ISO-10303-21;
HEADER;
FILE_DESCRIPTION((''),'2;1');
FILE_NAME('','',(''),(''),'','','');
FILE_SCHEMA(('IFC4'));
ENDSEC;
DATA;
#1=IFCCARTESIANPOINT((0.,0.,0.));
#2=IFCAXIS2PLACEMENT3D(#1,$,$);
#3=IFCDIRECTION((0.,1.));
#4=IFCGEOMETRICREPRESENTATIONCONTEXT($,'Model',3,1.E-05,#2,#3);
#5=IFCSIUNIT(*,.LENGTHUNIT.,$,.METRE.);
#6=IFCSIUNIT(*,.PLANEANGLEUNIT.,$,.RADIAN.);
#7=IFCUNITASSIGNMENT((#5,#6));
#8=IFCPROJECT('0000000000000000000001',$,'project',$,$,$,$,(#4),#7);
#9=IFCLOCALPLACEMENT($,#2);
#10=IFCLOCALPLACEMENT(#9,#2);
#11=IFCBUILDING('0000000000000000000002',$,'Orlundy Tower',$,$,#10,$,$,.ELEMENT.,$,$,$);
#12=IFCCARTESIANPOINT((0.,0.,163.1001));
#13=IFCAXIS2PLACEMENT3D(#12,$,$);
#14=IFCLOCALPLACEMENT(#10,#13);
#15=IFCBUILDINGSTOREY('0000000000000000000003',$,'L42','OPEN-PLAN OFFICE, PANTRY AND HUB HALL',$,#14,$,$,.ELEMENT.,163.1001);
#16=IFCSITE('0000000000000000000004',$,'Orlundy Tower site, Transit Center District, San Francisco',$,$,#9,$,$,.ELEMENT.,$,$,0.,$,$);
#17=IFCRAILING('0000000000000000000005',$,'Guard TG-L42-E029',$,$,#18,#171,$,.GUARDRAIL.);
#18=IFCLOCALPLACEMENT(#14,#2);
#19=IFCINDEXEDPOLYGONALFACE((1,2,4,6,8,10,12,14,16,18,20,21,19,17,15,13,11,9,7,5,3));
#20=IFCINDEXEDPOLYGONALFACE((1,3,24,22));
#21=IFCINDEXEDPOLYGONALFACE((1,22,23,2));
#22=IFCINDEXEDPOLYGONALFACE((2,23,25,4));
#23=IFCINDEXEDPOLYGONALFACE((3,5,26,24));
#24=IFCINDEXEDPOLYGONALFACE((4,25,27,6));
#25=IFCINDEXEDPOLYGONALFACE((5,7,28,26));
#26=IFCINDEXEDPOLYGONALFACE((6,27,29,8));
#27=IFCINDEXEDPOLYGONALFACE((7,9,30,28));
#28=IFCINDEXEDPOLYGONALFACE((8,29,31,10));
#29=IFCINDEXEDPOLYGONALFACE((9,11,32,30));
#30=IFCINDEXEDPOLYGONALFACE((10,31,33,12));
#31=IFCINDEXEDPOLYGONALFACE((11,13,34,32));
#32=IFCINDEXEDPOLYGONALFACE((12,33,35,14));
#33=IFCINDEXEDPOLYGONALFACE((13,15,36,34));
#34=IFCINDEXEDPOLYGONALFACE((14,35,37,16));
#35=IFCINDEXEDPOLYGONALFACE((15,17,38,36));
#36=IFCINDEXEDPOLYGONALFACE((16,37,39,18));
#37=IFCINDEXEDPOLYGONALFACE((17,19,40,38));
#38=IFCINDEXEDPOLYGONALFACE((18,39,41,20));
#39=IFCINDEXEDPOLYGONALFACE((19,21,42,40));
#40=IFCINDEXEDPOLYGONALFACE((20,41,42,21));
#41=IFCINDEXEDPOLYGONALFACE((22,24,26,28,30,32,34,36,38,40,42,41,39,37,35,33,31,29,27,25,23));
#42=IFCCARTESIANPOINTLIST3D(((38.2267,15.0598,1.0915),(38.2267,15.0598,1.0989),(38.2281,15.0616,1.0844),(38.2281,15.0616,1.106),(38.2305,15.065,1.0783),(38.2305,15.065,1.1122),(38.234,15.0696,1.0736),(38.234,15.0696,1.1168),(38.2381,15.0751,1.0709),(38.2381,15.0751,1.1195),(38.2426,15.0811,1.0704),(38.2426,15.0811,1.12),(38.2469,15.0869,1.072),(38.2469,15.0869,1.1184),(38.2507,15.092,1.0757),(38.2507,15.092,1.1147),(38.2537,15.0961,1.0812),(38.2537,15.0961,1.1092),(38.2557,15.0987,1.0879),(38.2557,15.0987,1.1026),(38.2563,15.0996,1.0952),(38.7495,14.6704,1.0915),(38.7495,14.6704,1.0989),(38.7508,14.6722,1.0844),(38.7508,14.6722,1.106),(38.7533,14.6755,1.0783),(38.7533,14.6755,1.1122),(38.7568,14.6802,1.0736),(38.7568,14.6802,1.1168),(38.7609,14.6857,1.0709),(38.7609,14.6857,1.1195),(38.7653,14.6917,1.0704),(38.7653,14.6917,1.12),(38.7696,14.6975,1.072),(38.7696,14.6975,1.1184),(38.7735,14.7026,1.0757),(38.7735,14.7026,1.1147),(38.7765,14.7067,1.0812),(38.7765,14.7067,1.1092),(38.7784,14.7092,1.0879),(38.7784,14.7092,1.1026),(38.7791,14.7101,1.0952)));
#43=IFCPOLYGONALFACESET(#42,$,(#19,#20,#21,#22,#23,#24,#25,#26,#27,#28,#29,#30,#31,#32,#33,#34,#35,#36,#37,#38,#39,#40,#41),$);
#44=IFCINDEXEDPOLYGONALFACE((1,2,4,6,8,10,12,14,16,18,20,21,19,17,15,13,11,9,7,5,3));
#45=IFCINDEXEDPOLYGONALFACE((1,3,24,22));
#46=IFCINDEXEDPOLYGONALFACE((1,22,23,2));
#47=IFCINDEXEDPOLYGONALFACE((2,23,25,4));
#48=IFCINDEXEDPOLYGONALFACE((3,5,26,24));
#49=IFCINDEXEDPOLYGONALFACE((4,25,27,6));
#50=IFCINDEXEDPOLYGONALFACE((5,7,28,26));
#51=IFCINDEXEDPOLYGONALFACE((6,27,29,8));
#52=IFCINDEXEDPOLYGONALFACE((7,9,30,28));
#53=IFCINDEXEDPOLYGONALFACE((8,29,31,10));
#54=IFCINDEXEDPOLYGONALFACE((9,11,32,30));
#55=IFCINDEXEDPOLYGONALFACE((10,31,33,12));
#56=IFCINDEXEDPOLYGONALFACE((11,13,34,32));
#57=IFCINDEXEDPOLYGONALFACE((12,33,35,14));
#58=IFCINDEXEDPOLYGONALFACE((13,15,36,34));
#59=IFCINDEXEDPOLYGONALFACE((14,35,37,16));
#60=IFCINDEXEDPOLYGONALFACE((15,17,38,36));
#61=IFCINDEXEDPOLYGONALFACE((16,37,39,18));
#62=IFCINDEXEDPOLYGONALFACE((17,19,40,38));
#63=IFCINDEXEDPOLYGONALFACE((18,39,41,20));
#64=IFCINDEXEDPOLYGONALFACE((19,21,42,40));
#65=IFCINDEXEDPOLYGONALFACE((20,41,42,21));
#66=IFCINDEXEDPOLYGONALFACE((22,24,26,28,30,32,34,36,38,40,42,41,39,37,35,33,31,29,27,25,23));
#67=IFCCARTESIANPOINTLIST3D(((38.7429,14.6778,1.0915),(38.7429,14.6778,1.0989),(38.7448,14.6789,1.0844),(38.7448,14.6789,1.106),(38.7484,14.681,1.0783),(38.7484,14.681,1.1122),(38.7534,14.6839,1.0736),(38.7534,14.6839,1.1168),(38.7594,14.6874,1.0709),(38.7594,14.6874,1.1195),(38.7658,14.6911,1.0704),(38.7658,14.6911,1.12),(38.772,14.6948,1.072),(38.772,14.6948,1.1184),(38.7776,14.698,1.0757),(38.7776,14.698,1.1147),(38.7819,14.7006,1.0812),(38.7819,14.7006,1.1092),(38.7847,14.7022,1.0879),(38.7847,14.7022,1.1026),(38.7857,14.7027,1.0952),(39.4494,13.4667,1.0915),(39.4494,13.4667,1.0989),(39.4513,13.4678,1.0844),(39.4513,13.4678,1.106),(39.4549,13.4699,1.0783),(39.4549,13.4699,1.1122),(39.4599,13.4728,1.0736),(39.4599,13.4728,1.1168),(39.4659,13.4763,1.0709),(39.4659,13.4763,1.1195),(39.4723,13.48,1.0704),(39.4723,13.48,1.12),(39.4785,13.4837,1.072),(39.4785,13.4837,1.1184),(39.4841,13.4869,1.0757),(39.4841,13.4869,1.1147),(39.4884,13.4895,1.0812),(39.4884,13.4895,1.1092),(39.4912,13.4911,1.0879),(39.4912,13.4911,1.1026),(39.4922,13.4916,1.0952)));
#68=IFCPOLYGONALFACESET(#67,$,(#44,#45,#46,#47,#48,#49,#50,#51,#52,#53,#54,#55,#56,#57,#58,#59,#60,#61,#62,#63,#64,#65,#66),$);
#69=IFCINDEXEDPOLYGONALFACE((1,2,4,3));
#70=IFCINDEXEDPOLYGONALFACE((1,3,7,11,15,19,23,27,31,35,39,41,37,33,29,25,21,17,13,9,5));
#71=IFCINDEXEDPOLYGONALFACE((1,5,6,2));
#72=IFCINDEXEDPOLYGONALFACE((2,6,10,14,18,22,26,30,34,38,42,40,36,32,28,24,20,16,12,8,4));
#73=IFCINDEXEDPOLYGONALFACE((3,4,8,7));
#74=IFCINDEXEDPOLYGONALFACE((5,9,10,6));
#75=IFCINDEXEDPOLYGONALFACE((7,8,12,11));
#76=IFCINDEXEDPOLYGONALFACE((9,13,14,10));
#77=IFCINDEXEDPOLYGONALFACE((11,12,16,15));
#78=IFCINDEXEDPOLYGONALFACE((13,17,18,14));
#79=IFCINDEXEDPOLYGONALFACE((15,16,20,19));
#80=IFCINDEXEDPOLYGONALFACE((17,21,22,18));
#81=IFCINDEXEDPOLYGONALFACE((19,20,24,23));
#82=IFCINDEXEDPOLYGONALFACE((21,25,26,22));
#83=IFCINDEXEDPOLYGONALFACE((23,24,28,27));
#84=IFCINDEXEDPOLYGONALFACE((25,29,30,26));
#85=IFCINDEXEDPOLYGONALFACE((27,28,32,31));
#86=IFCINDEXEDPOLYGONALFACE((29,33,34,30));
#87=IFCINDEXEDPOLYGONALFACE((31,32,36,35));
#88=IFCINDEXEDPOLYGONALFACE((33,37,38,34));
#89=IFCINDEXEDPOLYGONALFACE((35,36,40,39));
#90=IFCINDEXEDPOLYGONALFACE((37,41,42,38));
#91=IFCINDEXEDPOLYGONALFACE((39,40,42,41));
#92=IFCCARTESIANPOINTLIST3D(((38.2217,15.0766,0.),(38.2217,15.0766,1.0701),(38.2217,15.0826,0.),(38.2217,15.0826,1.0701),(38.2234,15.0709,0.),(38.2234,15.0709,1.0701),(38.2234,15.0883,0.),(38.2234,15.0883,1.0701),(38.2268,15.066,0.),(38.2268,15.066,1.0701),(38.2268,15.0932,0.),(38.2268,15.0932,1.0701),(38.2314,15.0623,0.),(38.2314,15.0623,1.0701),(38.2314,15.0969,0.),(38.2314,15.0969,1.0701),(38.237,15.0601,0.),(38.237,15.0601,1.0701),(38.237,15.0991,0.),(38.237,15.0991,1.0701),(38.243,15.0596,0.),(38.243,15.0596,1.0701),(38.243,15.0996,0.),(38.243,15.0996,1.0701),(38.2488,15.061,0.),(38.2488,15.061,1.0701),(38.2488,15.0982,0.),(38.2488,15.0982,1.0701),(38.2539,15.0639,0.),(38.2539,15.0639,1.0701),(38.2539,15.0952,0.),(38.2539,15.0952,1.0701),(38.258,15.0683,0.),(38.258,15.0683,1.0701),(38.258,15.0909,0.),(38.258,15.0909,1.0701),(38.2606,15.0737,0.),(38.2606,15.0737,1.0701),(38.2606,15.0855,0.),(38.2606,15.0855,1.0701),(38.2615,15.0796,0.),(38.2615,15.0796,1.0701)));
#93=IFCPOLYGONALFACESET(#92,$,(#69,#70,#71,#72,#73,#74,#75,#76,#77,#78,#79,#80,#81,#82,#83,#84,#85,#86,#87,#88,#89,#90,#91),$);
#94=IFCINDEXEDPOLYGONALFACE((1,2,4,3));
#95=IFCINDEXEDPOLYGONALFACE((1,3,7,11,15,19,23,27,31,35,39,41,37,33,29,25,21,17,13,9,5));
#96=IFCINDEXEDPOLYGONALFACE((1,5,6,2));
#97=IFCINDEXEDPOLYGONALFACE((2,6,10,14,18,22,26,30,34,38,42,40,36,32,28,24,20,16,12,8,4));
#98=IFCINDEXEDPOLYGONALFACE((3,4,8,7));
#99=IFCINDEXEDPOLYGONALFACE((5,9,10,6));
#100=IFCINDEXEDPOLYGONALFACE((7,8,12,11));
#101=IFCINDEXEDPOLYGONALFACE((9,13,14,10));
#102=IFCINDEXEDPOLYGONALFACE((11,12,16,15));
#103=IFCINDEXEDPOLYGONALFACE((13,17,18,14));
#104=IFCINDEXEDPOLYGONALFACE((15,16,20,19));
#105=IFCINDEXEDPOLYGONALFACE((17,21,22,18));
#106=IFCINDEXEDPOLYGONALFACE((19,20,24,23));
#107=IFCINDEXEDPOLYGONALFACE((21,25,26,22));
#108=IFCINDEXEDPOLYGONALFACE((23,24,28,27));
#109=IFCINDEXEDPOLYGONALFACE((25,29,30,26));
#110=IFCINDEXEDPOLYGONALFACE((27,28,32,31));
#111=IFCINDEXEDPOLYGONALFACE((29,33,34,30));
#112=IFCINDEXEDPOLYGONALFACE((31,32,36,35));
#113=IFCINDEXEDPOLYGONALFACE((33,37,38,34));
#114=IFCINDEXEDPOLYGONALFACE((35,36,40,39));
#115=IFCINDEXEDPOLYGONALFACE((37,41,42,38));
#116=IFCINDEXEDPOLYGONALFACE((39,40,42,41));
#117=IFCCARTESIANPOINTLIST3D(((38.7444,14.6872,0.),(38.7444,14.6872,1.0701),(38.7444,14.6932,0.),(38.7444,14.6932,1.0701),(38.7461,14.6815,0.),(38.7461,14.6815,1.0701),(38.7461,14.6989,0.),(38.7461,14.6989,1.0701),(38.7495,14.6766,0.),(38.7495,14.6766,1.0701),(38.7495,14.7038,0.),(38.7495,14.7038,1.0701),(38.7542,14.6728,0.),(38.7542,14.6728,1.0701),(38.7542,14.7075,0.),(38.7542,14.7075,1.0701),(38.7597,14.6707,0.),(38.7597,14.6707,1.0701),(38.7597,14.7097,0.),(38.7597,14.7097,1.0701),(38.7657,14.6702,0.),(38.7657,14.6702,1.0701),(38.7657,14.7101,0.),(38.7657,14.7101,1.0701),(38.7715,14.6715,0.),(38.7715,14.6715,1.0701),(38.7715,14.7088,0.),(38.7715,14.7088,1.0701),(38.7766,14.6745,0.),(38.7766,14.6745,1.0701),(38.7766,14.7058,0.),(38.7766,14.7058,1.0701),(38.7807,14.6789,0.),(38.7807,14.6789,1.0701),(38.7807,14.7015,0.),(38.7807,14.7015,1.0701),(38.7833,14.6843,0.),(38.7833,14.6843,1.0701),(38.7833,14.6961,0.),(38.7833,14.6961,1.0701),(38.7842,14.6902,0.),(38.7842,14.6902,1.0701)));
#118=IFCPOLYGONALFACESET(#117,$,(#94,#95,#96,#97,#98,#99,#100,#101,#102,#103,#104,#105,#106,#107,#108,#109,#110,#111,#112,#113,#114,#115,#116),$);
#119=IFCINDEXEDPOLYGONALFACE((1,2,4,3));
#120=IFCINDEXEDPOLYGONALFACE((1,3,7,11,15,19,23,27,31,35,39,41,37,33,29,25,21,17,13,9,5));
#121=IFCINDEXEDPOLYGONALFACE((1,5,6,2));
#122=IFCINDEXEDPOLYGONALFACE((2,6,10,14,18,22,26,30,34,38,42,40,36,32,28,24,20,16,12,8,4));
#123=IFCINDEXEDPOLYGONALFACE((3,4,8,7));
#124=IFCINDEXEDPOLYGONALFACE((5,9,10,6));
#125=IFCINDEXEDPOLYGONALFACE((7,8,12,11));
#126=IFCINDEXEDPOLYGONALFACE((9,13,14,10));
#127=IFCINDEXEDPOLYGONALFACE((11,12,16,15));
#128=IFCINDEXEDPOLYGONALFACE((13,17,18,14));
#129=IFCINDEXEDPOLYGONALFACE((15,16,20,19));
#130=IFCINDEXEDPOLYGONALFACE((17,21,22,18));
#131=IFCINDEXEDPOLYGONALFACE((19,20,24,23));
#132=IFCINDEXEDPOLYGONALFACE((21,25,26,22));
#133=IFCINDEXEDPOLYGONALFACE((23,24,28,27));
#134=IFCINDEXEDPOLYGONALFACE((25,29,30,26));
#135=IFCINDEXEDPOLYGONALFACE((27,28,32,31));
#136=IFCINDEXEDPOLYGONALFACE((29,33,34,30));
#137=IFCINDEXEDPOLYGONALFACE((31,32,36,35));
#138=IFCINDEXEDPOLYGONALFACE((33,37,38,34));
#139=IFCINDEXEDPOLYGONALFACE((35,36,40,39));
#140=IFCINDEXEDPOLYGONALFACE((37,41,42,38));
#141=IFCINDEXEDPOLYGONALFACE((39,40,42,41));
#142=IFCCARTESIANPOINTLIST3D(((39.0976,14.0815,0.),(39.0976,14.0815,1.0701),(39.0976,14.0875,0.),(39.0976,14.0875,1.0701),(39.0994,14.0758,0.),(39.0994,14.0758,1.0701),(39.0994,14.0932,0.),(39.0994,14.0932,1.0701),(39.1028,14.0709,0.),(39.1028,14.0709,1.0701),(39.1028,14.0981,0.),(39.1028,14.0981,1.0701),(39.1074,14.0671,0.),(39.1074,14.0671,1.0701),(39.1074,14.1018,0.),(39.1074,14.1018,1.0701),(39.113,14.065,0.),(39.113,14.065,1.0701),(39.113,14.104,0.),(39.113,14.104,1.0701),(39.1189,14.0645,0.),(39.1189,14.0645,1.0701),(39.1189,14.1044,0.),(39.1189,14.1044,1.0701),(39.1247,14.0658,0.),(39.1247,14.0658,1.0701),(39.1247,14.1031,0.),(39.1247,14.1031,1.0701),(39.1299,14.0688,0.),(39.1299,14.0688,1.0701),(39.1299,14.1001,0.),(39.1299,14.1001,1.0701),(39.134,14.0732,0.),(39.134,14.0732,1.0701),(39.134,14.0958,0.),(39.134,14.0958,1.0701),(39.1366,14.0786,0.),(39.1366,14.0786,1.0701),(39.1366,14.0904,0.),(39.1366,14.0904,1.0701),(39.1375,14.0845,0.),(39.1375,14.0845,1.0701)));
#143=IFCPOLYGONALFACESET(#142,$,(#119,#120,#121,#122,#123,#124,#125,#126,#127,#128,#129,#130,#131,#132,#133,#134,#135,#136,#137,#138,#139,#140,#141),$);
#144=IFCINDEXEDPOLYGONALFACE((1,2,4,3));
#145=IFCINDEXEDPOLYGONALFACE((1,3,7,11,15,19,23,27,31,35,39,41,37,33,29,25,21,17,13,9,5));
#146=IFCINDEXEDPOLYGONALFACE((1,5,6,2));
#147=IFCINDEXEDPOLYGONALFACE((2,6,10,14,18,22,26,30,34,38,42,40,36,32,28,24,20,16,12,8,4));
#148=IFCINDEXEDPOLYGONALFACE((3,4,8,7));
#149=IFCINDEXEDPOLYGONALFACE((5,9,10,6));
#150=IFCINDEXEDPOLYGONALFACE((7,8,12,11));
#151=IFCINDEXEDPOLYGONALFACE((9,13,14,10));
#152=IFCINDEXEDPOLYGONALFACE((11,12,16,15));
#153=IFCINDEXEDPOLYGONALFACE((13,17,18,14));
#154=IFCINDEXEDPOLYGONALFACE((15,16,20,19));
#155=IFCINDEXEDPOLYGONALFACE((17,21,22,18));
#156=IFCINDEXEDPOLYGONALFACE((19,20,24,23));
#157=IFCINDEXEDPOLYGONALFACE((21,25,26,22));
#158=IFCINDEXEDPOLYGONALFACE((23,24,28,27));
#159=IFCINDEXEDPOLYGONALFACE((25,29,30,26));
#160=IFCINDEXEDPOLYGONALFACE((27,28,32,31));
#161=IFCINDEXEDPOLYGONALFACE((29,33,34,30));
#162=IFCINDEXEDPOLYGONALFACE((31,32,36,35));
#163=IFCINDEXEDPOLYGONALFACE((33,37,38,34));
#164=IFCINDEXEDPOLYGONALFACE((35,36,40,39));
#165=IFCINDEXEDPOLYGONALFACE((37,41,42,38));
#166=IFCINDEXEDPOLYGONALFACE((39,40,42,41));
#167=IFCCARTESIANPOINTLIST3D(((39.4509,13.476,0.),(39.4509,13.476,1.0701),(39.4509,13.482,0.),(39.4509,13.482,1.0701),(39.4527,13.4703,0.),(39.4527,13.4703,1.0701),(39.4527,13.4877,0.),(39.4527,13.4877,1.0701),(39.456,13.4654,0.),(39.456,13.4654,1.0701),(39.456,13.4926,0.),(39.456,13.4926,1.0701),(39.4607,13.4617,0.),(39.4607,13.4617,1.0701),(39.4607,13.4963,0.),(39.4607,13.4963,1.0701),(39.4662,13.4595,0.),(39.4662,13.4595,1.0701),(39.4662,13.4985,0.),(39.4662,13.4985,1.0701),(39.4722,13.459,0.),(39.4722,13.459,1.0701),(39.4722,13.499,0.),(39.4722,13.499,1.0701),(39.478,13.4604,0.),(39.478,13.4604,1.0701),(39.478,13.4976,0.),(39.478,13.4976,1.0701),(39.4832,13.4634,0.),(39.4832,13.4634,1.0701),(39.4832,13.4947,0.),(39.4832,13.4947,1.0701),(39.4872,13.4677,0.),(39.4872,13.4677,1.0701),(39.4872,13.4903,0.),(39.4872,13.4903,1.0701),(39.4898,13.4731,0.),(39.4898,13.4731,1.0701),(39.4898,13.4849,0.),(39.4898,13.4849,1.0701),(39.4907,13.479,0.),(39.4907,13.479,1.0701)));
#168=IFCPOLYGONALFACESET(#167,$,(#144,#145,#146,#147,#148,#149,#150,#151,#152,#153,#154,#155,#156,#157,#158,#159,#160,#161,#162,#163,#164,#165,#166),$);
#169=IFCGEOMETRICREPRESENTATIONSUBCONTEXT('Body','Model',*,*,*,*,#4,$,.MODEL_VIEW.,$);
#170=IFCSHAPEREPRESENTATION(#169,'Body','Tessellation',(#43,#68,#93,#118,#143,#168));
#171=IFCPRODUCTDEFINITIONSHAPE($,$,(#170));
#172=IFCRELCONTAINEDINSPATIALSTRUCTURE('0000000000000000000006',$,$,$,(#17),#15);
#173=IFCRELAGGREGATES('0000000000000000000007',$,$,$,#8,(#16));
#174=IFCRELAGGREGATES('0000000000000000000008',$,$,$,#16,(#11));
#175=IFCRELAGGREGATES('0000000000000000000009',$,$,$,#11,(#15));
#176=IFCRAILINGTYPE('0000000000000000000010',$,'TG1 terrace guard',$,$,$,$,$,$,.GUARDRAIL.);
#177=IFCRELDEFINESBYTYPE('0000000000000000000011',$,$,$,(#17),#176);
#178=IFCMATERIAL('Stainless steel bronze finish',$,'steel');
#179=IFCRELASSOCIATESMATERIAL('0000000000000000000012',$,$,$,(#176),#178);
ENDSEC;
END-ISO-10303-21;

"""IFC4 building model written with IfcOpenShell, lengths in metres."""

from ifc_helpers import new_model, si_unit, direction, frame, origin, origin_2d, place, context, subcontext, project, spatial, circle, extrude, material, type_object, element, save


model = new_model("IFC4")

# Units and contexts
model_context = context("Model", 3, precision=1e-05, world=origin(), true_north=direction((0.0, 1.0)))
body_context = subcontext(model_context, "Body", "Model", "MODEL_VIEW")
ifc_project = project(units=[si_unit("LENGTHUNIT", "METRE"), si_unit("PLANEANGLEUNIT", "RADIAN")], contexts=[model_context])

# Site, building, storey
site_placement = place(None, origin())
site = spatial("IfcSite", under=ifc_project, at=site_placement, Name="Orlundy Tower site, Transit Center District, San Francisco", CompositionType="ELEMENT", RefElevation=0.0)
building_placement = place(site_placement, origin())
building = spatial("IfcBuilding", under=site, at=building_placement, Name="Orlundy Tower", CompositionType="ELEMENT")
storey_placement = place(building_placement, frame((0.0, 0.0, 163.1001)))
storey = spatial("IfcBuildingStorey", under=building, at=storey_placement, Name="L42", Description="OPEN-PLAN OFFICE, PANTRY AND HUB HALL", CompositionType="ELEMENT", Elevation=163.1001)

# Railing
ifc_material_1 = material(Name="Stainless steel bronze finish", Category="steel")
railing_type = type_object("IfcRailingType", Name="TG1 terrace guard", PredefinedType="GUARDRAIL", material=ifc_material_1)
railing_1_placement = place(storey_placement, frame((38.2415, 15.0796, 0.0)))
element("IfcRailing", 1, at=railing_1_placement, inside=storey, type_object=railing_type, Name="Guard TG-L42-E029", PredefinedType="GUARDRAIL", context=body_context, shape_type="SweptSolid", body=[
    extrude(circle(Radius=0.0249, at=origin_2d()), frame((0.0, 0.0, 1.0952), z_axis=(0.801929, -0.59742, 0.0), x_axis=(0.59742, 0.801929, 0.0)), (0.0, 0.0, 1.0), 0.6519),
    extrude(circle(Radius=0.0249, at=origin_2d()), frame((0.5227, -0.3894, 1.0952), z_axis=(0.503882, -0.863773, 0.0), x_axis=(0.863773, 0.503882, 0.0)), (0.0, 0.0, 1.0), 1.4021),
    extrude(circle(Radius=0.02, at=origin_2d()), origin(), (0.0, 0.0, 1.0), 1.0701),
    extrude(circle(Radius=0.02, at=origin_2d()), frame((0.5227, -0.3894, 0.0)), (0.0, 0.0, 1.0), 1.0701),
    extrude(circle(Radius=0.02, at=origin_2d()), frame((0.876, -0.9951, 0.0)), (0.0, 0.0, 1.0), 1.0701),
    extrude(circle(Radius=0.02, at=origin_2d()), frame((1.2292, -1.6006, 0.0)), (0.0, 0.0, 1.0), 1.0701),
])

save(model, "model.ifc")
